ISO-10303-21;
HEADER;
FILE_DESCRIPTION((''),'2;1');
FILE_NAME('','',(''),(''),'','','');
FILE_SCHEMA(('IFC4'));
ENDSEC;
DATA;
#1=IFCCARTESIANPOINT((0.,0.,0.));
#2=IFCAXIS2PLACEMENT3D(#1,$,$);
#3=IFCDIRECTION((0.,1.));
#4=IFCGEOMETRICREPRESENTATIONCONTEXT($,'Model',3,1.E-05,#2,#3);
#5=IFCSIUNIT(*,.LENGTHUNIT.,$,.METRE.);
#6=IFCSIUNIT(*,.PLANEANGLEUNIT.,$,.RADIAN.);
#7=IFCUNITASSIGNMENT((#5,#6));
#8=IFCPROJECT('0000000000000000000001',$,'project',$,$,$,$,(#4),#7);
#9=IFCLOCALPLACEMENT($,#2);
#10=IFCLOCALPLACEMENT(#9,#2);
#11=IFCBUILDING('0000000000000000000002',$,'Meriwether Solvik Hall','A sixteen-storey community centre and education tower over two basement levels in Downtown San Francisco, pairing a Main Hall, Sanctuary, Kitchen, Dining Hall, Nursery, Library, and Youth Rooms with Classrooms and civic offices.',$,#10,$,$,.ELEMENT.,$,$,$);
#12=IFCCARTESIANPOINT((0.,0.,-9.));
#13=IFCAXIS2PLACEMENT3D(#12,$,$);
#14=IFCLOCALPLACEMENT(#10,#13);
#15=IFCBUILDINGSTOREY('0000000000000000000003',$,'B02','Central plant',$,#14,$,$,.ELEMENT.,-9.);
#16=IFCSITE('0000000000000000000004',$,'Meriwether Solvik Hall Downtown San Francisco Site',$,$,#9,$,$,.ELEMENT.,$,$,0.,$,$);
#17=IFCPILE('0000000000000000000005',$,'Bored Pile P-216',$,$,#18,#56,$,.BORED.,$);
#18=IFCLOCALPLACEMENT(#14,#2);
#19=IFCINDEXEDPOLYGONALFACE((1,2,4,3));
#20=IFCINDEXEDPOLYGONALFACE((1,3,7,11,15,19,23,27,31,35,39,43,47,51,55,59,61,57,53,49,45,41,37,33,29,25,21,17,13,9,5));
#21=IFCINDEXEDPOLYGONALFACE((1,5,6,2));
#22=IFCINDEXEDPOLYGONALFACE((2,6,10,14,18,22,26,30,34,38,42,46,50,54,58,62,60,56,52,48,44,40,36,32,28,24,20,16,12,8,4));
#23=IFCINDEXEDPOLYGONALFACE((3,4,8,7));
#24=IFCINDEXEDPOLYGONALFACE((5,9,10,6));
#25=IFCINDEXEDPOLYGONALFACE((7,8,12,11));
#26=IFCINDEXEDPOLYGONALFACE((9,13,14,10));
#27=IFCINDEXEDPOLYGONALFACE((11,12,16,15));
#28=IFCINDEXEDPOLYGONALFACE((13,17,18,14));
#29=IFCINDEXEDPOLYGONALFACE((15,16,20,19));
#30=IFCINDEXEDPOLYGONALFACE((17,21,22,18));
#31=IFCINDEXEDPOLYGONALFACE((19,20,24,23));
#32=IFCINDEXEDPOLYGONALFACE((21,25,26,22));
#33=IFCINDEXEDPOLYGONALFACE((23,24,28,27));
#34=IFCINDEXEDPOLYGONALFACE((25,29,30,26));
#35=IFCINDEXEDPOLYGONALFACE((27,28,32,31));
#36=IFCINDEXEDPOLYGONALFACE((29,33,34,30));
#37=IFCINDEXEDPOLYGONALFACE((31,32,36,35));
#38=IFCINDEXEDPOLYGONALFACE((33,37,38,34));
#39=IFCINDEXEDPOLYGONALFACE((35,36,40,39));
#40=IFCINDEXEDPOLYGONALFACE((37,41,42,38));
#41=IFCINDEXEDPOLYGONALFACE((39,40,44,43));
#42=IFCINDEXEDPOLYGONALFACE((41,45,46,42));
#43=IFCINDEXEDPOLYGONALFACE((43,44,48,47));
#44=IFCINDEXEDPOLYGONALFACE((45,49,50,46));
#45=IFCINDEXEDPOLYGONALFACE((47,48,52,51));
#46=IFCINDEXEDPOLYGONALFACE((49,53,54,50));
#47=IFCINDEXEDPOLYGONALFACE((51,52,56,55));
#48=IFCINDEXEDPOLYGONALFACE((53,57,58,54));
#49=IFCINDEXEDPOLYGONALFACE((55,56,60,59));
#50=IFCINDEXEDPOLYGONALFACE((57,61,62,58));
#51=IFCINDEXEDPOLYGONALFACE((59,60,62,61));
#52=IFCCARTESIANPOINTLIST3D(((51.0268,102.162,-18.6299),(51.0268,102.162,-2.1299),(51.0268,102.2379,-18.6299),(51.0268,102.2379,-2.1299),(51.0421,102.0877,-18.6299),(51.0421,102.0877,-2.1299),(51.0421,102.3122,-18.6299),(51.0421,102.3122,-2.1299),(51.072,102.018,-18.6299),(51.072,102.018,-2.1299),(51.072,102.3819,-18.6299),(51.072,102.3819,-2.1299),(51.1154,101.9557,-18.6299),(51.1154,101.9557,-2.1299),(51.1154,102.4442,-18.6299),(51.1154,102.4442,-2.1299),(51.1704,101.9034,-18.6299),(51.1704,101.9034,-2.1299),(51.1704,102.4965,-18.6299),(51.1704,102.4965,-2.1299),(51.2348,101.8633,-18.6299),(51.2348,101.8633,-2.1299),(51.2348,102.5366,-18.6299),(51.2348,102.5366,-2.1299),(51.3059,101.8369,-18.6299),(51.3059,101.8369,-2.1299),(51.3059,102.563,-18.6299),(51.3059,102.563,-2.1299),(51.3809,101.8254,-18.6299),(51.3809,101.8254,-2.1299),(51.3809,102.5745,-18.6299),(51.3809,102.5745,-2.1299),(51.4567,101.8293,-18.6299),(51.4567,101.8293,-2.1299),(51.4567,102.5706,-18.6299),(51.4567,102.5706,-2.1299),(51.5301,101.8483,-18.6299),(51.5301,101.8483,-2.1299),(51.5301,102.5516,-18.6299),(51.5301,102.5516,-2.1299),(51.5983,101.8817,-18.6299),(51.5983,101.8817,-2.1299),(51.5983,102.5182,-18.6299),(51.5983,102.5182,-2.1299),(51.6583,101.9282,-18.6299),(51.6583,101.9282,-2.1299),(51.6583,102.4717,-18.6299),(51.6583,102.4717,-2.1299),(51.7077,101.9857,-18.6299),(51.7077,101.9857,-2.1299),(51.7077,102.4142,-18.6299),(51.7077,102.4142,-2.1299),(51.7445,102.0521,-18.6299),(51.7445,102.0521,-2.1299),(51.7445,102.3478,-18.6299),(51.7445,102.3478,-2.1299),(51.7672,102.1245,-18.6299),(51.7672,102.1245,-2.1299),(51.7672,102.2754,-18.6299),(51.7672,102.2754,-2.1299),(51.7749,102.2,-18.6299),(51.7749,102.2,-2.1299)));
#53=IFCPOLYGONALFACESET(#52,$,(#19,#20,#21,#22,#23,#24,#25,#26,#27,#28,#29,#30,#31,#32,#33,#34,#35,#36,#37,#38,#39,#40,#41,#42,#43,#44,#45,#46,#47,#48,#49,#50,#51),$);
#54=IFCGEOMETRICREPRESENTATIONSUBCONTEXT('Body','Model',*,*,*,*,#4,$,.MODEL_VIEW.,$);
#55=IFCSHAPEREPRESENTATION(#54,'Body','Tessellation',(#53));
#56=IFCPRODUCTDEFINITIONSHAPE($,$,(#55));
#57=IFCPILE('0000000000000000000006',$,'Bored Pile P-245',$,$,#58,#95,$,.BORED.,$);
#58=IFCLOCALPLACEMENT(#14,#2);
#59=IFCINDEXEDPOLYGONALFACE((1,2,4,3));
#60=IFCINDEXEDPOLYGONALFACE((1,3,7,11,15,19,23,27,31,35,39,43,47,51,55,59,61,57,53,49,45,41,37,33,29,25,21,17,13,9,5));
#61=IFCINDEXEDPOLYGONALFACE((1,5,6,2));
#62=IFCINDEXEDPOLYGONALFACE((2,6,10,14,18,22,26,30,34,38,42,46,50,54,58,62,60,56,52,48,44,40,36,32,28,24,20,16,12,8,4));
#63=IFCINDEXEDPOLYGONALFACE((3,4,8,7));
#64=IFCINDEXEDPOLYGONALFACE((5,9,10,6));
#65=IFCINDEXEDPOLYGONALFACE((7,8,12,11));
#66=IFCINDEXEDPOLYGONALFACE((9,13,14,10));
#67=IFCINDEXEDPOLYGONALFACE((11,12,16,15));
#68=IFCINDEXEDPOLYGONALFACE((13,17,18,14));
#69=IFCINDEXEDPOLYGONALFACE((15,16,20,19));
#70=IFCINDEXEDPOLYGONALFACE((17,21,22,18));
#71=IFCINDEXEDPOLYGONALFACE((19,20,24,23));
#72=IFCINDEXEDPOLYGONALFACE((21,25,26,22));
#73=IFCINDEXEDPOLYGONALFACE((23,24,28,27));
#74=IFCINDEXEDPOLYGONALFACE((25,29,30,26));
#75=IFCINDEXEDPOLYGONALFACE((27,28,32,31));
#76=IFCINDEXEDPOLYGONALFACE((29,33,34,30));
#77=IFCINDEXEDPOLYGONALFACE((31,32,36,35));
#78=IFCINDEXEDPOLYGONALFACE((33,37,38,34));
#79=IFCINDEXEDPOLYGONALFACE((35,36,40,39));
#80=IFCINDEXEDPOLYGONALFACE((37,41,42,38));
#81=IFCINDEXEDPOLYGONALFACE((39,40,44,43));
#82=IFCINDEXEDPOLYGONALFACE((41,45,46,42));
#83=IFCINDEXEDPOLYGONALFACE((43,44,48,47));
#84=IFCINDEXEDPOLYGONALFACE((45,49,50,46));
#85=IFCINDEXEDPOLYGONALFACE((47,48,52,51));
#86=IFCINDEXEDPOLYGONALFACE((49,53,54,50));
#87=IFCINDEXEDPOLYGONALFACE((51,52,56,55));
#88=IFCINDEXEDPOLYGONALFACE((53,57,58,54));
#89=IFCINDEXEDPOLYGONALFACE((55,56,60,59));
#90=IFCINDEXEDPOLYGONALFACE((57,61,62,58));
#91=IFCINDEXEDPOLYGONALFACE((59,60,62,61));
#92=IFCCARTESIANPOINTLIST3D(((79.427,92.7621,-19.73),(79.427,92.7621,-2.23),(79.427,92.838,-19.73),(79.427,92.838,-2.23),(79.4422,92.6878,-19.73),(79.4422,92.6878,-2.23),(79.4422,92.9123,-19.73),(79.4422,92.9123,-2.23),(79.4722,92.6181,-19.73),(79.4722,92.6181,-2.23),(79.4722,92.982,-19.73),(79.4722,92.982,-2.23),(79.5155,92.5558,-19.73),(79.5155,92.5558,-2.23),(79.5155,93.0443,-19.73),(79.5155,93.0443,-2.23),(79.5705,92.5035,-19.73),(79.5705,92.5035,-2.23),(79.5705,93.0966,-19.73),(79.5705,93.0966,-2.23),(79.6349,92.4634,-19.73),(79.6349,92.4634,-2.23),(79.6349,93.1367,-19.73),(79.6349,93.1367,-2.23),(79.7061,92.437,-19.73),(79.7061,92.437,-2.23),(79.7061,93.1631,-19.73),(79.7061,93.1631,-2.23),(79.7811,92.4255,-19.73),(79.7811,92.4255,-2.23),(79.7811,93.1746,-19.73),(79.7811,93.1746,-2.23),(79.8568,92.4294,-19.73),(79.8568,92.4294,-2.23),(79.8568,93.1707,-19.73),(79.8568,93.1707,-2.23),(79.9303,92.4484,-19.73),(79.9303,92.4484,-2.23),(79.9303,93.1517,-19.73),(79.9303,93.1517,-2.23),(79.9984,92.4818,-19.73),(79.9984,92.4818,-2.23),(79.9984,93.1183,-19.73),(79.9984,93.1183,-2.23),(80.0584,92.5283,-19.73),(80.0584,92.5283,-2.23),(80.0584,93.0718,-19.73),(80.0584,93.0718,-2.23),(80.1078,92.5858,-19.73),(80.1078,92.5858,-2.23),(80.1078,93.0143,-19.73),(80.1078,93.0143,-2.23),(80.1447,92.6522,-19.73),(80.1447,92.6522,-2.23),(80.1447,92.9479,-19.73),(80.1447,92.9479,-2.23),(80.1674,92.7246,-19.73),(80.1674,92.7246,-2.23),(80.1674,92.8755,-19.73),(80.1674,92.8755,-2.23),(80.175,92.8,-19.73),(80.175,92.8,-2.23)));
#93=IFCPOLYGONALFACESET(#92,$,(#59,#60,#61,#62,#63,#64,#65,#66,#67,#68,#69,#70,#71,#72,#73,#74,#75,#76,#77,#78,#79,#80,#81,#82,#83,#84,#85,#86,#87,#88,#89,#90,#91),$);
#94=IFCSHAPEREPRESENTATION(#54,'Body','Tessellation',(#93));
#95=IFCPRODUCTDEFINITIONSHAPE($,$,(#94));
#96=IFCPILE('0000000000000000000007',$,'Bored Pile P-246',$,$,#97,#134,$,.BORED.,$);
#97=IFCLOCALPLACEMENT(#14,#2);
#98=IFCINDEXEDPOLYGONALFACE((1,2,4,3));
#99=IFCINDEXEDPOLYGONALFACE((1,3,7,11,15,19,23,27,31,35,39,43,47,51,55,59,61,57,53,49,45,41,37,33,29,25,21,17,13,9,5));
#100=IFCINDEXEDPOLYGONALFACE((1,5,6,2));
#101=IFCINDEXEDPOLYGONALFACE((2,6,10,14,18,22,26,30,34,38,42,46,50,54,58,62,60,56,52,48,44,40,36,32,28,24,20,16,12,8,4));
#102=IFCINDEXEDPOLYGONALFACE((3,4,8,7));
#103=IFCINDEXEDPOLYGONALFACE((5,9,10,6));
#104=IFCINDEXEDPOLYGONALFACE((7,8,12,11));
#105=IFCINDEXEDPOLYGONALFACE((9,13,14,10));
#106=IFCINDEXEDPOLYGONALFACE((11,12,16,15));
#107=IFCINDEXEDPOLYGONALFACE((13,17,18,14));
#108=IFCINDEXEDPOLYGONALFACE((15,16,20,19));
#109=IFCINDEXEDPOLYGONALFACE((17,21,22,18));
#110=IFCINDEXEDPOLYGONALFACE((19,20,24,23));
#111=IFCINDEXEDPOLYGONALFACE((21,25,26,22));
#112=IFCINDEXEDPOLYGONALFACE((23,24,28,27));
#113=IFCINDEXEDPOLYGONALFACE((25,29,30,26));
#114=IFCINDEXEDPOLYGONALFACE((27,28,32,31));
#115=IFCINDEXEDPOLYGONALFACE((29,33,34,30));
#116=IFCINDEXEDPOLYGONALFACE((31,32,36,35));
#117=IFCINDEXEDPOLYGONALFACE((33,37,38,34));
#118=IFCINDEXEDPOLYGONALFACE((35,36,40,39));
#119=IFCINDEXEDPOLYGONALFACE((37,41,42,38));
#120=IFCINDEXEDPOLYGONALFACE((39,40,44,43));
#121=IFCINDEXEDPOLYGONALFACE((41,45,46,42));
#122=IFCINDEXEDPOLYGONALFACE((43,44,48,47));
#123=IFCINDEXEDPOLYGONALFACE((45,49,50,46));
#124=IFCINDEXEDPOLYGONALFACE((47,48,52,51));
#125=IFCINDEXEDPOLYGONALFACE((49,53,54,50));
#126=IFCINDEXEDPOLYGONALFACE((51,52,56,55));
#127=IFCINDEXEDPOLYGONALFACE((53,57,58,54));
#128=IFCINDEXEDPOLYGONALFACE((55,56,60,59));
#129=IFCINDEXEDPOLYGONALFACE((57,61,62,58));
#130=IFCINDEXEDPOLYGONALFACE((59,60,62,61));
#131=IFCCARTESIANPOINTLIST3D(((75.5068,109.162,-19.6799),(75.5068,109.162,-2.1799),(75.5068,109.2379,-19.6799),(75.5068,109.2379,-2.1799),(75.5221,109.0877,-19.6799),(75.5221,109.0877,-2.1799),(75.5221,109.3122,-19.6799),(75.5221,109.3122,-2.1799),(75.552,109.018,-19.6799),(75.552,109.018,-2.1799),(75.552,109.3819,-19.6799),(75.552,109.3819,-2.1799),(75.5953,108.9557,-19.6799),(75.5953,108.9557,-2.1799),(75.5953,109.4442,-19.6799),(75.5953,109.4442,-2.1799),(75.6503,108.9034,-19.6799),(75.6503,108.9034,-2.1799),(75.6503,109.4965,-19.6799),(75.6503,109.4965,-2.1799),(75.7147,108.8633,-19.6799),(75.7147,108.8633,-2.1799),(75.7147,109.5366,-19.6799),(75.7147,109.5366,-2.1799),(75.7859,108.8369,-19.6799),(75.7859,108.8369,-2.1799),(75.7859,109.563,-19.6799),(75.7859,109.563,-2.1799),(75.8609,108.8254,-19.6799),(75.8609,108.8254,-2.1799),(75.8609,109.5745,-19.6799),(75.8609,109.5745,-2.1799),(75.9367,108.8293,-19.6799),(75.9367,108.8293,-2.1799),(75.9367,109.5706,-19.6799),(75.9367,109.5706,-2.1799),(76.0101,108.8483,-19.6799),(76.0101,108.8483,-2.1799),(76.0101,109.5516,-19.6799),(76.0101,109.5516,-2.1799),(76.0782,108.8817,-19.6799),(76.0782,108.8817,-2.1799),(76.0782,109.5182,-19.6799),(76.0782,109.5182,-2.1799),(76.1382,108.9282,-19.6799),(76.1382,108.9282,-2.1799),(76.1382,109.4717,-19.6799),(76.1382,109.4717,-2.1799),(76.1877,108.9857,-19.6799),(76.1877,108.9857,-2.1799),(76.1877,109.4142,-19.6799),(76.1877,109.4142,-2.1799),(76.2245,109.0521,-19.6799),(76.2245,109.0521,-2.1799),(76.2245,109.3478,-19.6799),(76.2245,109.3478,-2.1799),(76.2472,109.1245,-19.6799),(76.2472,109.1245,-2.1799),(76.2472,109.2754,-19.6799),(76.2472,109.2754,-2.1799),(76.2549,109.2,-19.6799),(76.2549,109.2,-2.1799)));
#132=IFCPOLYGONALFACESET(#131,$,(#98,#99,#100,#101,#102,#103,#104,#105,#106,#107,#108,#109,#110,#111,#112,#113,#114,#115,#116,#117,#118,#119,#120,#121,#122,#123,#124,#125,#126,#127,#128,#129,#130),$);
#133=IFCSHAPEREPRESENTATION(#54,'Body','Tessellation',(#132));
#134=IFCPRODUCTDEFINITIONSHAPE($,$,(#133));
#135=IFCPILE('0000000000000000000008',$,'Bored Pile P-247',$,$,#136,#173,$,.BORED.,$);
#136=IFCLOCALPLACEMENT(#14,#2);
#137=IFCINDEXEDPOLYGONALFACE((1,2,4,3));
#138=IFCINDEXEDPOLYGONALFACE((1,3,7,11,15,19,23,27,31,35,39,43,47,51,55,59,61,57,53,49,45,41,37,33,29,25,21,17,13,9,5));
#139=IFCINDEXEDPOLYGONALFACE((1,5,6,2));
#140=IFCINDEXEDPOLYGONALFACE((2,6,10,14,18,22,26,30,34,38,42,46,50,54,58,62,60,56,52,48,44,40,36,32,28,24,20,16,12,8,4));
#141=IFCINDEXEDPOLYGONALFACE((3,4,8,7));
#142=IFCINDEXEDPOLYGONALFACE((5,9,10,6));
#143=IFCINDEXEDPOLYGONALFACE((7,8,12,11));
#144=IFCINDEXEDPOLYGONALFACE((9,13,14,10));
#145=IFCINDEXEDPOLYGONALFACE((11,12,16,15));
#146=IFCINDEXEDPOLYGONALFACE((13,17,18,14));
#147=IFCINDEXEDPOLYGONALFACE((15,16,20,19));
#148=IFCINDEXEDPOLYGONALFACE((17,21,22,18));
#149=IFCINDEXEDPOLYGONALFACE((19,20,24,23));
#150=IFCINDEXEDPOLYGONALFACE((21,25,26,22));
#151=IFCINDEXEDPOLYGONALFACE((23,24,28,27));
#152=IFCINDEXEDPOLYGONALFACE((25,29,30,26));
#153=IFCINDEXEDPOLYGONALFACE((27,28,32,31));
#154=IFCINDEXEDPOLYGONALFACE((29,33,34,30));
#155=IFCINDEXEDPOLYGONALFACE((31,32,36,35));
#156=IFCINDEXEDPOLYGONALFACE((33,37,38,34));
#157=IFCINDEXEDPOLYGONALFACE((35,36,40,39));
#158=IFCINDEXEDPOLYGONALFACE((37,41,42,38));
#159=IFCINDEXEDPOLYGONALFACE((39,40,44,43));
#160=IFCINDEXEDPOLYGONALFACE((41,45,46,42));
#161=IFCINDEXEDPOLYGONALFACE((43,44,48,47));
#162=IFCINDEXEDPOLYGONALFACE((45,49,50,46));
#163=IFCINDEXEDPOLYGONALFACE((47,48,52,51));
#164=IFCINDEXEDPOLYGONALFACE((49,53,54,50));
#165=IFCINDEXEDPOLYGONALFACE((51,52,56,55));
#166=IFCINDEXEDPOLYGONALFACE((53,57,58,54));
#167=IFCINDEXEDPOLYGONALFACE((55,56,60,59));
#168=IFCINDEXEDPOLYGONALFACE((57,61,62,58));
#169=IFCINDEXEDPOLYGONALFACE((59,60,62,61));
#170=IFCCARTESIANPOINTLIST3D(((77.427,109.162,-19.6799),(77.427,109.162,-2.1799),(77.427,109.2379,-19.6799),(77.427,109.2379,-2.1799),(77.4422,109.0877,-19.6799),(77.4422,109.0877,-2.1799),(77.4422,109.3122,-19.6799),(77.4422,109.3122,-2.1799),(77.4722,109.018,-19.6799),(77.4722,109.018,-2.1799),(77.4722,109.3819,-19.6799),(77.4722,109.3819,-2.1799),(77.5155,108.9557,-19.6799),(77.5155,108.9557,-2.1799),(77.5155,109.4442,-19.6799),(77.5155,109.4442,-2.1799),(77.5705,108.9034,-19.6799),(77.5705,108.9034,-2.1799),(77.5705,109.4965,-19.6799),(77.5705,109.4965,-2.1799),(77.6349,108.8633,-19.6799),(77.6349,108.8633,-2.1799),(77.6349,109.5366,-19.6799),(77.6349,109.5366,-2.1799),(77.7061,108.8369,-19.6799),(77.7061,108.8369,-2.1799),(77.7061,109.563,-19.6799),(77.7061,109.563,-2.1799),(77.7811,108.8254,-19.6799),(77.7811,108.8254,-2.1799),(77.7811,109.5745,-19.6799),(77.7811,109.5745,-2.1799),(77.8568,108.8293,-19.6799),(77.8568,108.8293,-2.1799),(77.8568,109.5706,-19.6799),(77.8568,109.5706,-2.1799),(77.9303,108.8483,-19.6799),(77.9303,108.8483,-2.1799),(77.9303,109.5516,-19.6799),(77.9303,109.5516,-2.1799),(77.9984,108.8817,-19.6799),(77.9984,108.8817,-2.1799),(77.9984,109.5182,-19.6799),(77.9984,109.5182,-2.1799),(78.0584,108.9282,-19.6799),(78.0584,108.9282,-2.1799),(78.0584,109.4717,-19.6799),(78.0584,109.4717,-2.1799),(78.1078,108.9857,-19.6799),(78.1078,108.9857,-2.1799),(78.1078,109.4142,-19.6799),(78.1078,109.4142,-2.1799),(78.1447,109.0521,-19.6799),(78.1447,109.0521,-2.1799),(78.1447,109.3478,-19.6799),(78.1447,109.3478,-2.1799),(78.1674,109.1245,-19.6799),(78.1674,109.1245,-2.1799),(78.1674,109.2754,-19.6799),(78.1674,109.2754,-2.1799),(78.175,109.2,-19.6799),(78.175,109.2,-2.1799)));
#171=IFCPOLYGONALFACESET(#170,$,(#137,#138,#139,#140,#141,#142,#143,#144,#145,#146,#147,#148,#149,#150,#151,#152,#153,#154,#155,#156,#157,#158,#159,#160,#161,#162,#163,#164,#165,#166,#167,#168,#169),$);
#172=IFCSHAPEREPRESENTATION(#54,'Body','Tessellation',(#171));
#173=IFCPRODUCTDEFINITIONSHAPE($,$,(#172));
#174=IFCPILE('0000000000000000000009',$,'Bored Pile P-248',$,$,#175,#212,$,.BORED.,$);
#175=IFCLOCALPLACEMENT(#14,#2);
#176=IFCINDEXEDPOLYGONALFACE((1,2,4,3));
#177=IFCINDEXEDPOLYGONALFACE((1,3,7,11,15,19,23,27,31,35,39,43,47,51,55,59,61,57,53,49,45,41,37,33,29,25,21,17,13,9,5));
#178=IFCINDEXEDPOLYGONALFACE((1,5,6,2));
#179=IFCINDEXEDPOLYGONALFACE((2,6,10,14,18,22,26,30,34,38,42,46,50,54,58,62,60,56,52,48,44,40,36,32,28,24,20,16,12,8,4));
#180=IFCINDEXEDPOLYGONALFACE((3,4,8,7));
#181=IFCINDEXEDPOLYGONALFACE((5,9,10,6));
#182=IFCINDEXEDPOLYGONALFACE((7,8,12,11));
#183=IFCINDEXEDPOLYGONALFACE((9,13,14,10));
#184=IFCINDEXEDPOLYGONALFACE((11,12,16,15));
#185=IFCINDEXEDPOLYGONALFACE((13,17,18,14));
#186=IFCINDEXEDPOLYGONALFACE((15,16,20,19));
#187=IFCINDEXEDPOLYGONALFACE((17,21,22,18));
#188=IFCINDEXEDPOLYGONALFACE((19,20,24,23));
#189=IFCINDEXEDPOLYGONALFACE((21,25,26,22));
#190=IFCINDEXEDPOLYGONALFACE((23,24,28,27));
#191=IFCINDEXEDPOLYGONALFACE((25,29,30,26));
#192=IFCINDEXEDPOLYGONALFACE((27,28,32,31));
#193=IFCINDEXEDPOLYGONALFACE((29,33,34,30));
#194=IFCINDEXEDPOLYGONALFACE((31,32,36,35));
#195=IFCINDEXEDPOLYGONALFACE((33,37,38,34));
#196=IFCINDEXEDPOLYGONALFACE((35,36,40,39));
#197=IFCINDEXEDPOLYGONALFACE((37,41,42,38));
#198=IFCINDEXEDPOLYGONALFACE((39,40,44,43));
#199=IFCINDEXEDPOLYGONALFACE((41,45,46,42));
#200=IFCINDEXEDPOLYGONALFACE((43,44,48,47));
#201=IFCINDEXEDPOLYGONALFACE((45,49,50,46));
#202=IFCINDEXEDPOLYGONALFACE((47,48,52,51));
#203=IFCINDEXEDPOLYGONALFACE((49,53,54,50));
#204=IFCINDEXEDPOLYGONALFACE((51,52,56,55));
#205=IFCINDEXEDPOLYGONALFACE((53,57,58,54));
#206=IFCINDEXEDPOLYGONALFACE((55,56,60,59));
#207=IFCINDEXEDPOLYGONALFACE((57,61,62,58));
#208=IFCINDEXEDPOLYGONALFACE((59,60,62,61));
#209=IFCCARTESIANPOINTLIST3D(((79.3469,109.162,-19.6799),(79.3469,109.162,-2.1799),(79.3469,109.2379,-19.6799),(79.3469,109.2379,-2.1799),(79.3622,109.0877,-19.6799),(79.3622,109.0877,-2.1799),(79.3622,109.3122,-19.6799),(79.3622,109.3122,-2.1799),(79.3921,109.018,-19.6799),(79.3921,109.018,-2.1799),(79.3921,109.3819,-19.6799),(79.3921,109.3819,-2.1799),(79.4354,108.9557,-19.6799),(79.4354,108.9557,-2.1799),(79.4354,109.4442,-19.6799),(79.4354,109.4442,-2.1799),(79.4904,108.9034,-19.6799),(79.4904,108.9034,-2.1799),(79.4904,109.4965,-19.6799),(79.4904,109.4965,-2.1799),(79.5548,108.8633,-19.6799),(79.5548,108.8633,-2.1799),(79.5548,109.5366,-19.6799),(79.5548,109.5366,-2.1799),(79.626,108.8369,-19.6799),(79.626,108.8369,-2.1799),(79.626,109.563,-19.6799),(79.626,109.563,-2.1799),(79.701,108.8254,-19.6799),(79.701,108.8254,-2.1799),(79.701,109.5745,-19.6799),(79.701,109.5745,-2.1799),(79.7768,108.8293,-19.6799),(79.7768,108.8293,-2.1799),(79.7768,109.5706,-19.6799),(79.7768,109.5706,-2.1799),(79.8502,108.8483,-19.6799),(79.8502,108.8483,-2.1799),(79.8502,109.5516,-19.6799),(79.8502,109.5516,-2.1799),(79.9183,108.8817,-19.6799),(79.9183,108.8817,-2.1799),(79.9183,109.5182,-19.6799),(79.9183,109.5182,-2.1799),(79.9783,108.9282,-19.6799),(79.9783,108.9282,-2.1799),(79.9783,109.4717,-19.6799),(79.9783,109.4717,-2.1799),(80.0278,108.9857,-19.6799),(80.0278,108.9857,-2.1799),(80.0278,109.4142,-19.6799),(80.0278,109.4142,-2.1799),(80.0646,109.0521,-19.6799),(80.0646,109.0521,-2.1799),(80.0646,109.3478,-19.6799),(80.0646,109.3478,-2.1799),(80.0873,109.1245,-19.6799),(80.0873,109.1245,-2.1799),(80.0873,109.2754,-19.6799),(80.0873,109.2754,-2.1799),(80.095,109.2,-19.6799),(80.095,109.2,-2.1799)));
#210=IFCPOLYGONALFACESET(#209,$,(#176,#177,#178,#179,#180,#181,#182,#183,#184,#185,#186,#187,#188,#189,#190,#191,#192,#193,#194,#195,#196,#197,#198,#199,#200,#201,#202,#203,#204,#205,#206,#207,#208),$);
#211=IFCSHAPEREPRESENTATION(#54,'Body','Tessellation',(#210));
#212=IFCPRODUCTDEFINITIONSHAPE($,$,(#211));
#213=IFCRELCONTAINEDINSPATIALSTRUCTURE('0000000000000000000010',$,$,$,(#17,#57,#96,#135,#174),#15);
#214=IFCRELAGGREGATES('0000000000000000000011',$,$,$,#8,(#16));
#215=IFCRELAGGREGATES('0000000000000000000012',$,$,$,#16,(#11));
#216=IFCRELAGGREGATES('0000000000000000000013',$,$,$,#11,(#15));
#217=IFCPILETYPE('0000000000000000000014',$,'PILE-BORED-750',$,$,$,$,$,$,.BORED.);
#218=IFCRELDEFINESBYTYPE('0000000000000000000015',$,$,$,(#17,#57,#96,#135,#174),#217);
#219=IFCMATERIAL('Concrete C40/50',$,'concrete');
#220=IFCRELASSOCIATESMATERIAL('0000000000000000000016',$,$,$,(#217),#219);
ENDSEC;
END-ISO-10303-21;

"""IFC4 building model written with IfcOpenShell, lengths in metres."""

from ifc_helpers import new_model, si_unit, direction, frame, origin, origin_2d, place, context, subcontext, project, spatial, circle, extrude, material, material_profile, profile_set, type_object, element, save


model = new_model("IFC4")

# Units and contexts
model_context = context("Model", 3, precision=1e-05, world=origin(), true_north=direction((0.0, 1.0)))
body_context = subcontext(model_context, "Body", "Model", "MODEL_VIEW")
ifc_project = project(units=[si_unit("LENGTHUNIT", "METRE"), si_unit("PLANEANGLEUNIT", "RADIAN")], contexts=[model_context])

# Site, building, storey
site_placement = place(None, origin())
site = spatial("IfcSite", under=ifc_project, at=site_placement, Name="Meriwether Solvik Hall Downtown San Francisco Site", CompositionType="ELEMENT", RefElevation=0.0)
building_placement = place(site_placement, origin())
building = spatial("IfcBuilding", under=site, at=building_placement, Name="Meriwether Solvik Hall", Description="A sixteen-storey community centre and education tower over two basement levels in Downtown San Francisco, pairing a Main Hall, Sanctuary, Kitchen, Dining Hall, Nursery, Library, and Youth Rooms with Classrooms and civic offices.", CompositionType="ELEMENT")
storey_placement = place(building_placement, frame((0.0, 0.0, -9.0)))
storey = spatial("IfcBuildingStorey", under=building, at=storey_placement, Name="B02", Description="Central plant", CompositionType="ELEMENT", Elevation=-9.0)

# Piles
ifc_material_1 = material(Name="Concrete C40/50", Category="concrete")
ifc_material_profile_1 = material_profile(ifc_material_1, circle(Radius=0.375, at=origin_2d()), Name="PILE-D750")
ifc_profile_set_1 = profile_set([ifc_material_profile_1], Name="Concrete C40/50")
pile_type_1 = type_object("IfcPileType", Name="PILE-BORED-750", PredefinedType="BORED", material=ifc_profile_set_1)
pile_placement = place(storey_placement, frame((51.3999, 102.2, -2.1299), z_axis=(0.0, 0.0, -1.0), x_axis=(1.0, 0.0, 0.0)))
element("IfcPile", 1, at=pile_placement, inside=storey, type_object=pile_type_1, Name="Bored Pile P-216", PredefinedType="BORED", context=body_context, shape_type="SweptSolid", body=[
    extrude(circle(Radius=0.375, at=origin_2d()), origin(), (0.0, 0.0, 1.0), 16.5),
])
for number, where, z_axis, x_axis, name in (
    (2, (79.8, 92.8, -2.23), (0.0, 0.0, -1.0), (1.0, 0.0, 0.0), "Bored Pile P-245"),
    (3, (75.8799, 109.2, -2.1799), (0.0, 0.0, -1.0), (1.0, 0.0, 0.0), "Bored Pile P-246"),
    (4, (77.8, 109.2, -2.1799), (0.0, 0.0, -1.0), (1.0, 0.0, 0.0), "Bored Pile P-247"),
    (5, (79.72, 109.2, -2.1799), (0.0, 0.0, -1.0), (1.0, 0.0, 0.0), "Bored Pile P-248"),
):
    element("IfcPile", number, at=place(storey_placement, frame(where, z_axis=z_axis, x_axis=x_axis)), inside=storey, type_object=pile_type_1, Name=name, PredefinedType="BORED", context=body_context, shape_type="SweptSolid", body=[
        extrude(circle(Radius=0.375, at=origin_2d()), origin(), (0.0, 0.0, 1.0), 17.5),
    ])

save(model, "model.ifc")
